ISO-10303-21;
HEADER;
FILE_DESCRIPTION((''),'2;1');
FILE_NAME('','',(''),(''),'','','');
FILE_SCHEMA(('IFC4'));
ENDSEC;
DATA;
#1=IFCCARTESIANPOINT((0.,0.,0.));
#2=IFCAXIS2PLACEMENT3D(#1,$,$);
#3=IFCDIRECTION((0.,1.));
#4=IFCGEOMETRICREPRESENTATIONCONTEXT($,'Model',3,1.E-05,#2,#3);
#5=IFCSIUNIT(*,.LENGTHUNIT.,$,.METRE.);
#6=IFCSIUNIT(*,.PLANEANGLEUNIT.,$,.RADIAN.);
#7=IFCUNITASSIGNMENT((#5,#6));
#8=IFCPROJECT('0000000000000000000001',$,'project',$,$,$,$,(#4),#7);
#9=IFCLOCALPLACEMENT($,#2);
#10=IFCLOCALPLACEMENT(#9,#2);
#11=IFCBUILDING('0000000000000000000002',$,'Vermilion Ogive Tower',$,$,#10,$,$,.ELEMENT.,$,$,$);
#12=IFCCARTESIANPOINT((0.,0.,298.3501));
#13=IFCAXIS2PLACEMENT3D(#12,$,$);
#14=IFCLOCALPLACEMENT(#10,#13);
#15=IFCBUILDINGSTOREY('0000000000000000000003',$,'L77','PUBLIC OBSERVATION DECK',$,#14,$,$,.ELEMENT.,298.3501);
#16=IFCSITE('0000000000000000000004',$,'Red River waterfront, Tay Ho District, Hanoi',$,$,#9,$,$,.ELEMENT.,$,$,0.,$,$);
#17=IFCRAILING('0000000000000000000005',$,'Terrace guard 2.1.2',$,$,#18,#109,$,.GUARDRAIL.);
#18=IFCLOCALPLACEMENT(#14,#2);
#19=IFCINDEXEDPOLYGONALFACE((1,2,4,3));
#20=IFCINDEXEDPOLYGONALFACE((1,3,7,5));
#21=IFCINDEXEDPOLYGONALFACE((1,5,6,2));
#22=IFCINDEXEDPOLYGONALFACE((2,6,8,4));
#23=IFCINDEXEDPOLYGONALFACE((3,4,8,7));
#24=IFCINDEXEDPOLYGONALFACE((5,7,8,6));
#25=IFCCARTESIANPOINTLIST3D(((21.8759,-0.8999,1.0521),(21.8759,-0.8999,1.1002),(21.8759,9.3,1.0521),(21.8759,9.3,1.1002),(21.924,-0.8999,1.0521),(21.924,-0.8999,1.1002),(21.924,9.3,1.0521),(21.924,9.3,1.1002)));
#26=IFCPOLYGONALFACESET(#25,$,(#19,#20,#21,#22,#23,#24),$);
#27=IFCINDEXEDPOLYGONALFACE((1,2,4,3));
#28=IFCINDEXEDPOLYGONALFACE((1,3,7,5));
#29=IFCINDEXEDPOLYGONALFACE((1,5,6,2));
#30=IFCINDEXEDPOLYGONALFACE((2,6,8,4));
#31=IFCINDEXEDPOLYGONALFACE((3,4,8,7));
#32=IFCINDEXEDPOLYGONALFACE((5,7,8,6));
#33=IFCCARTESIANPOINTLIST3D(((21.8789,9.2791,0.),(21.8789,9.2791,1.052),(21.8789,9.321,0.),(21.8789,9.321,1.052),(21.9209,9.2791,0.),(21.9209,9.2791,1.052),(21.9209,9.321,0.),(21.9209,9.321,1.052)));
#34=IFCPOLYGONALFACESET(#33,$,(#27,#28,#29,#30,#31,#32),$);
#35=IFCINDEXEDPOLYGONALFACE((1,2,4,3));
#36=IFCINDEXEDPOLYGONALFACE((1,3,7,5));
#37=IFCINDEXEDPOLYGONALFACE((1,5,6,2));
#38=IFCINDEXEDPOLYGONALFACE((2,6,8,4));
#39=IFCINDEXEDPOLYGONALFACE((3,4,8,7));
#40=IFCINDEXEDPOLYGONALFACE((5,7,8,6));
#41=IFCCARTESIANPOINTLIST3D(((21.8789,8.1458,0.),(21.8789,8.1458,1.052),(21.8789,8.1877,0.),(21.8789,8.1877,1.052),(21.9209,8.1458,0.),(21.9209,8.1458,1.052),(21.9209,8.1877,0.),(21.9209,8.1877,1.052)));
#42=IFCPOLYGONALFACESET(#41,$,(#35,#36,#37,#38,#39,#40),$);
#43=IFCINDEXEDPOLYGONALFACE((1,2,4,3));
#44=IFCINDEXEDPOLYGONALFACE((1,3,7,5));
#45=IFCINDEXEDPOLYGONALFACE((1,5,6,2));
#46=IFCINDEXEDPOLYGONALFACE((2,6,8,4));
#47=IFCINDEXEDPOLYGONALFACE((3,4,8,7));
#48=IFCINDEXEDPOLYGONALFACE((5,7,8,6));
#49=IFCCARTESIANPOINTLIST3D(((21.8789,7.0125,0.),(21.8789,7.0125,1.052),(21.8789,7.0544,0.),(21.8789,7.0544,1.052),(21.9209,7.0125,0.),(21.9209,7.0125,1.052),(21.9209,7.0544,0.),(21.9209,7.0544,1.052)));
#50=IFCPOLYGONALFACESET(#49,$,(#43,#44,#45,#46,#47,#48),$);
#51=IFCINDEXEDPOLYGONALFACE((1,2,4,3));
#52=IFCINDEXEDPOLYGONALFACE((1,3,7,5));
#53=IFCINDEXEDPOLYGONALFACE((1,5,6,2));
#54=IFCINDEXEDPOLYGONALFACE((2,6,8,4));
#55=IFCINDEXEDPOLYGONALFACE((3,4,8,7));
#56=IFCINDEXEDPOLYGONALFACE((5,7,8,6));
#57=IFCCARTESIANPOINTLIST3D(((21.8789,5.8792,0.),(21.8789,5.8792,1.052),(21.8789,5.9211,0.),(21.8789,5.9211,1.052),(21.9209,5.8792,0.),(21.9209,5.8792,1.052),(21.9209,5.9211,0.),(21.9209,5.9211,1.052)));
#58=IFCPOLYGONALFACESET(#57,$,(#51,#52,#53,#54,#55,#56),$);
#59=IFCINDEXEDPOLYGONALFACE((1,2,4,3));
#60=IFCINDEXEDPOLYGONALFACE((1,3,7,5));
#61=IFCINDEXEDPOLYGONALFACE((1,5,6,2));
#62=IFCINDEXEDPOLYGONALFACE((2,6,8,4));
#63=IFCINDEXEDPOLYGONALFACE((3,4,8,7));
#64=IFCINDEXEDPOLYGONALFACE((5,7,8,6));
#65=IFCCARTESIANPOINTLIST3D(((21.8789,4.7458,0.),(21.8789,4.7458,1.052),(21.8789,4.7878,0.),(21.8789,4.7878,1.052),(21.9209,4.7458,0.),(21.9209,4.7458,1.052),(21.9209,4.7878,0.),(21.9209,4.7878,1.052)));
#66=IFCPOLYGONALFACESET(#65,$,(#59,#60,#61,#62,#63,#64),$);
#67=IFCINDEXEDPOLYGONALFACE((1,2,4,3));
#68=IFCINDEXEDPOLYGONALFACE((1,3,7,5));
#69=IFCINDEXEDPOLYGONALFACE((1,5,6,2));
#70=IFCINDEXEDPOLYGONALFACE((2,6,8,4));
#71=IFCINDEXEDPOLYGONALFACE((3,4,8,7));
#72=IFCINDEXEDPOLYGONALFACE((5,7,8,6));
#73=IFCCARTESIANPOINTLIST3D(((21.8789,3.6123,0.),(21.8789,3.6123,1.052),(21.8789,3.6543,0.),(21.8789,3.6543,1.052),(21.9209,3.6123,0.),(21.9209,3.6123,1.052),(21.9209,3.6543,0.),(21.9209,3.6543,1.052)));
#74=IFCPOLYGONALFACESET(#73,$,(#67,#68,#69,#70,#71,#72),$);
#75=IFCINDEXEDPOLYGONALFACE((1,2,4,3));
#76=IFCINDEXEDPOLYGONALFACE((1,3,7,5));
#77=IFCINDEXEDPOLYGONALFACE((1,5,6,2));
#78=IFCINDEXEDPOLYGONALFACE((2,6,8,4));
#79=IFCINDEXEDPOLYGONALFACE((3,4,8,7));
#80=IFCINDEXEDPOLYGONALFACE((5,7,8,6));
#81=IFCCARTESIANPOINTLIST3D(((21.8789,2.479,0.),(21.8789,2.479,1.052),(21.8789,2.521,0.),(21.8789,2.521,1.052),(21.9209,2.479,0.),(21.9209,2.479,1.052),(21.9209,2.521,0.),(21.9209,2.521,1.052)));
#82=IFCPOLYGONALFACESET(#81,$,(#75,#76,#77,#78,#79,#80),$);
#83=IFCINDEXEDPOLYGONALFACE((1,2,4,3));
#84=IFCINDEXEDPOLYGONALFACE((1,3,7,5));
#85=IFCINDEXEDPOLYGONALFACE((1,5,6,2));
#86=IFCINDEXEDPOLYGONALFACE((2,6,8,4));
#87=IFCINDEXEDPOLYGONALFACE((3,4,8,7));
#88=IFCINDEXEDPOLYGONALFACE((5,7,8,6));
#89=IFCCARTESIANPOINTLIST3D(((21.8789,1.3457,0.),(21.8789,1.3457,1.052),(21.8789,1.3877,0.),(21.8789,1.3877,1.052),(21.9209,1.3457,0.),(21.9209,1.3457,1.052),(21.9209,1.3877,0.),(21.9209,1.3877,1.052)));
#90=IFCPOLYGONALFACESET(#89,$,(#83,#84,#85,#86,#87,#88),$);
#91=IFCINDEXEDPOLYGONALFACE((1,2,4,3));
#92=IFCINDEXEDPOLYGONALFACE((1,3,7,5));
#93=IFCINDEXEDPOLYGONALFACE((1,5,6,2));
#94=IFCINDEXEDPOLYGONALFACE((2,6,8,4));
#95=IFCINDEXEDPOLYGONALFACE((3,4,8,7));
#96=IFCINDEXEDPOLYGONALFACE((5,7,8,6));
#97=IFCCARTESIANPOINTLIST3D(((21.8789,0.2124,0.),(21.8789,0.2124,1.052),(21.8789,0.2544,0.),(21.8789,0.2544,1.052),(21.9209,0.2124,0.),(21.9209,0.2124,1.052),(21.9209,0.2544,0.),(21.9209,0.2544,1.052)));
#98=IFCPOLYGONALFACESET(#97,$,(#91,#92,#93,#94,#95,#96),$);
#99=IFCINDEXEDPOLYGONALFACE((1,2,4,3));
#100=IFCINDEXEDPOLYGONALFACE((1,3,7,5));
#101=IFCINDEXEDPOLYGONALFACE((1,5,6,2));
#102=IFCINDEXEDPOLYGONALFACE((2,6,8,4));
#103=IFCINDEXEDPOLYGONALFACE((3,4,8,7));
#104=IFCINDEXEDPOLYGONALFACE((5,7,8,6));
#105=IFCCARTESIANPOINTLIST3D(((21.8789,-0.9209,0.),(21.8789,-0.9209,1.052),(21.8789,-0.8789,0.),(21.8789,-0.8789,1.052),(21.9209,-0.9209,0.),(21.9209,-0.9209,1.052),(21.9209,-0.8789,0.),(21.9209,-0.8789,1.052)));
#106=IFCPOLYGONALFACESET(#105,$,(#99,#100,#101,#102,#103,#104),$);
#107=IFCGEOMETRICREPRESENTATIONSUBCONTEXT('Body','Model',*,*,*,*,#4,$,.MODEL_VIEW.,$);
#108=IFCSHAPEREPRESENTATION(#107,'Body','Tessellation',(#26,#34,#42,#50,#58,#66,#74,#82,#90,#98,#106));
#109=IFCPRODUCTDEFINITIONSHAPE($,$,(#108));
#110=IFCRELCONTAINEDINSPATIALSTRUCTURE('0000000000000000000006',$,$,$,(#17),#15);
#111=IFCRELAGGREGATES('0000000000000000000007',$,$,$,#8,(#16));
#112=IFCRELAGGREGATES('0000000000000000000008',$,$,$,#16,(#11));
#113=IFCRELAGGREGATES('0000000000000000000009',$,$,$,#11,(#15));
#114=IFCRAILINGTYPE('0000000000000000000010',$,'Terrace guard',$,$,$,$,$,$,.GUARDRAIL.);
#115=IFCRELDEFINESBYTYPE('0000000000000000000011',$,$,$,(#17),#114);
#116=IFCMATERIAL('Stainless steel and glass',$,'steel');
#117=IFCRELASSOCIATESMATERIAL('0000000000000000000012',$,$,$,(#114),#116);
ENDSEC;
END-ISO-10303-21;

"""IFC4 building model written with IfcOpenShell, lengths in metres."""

from ifc_helpers import new_model, si_unit, direction, frame, origin, origin_2d, place, context, subcontext, project, spatial, rectangle, extrude, material, type_object, element, save


model = new_model("IFC4")

# Units and contexts
model_context = context("Model", 3, precision=1e-05, world=origin(), true_north=direction((0.0, 1.0)))
body_context = subcontext(model_context, "Body", "Model", "MODEL_VIEW")
ifc_project = project(units=[si_unit("LENGTHUNIT", "METRE"), si_unit("PLANEANGLEUNIT", "RADIAN")], contexts=[model_context])

# Site, building, storey
site_placement = place(None, origin())
site = spatial("IfcSite", under=ifc_project, at=site_placement, Name="Red River waterfront, Tay Ho District, Hanoi", CompositionType="ELEMENT", RefElevation=0.0)
building_placement = place(site_placement, origin())
building = spatial("IfcBuilding", under=site, at=building_placement, Name="Vermilion Ogive Tower", CompositionType="ELEMENT")
storey_placement = place(building_placement, frame((0.0, 0.0, 298.3501)))
storey = spatial("IfcBuildingStorey", under=building, at=storey_placement, Name="L77", Description="PUBLIC OBSERVATION DECK", CompositionType="ELEMENT", Elevation=298.3501)

# Railing
ifc_material_1 = material(Name="Stainless steel and glass", Category="steel")
railing_type = type_object("IfcRailingType", Name="Terrace guard", PredefinedType="GUARDRAIL", material=ifc_material_1)
railing_1_placement = place(storey_placement, frame((21.8999, 9.3, 0.0)))
element("IfcRailing", 1, at=railing_1_placement, inside=storey, type_object=railing_type, Name="Terrace guard 2.1.2", PredefinedType="GUARDRAIL", context=body_context, shape_type="SweptSolid", body=[
    extrude(rectangle(XDim=0.0481, YDim=0.0481, at=origin_2d()), frame((0.0, 0.0, 1.0762), z_axis=(0.0, -1.0, 0.0), x_axis=(1.0, 0.0, 0.0)), (0.0, 0.0, 1.0), 10.2),
    extrude(rectangle(XDim=0.042, YDim=0.042, at=origin_2d()), origin(), (0.0, 0.0, 1.0), 1.052),
    extrude(rectangle(XDim=0.042, YDim=0.042, at=origin_2d()), frame((0.0, -1.1333, 0.0)), (0.0, 0.0, 1.0), 1.052),
    extrude(rectangle(XDim=0.042, YDim=0.042, at=origin_2d()), frame((0.0, -2.2666, 0.0)), (0.0, 0.0, 1.0), 1.052),
    extrude(rectangle(XDim=0.042, YDim=0.042, at=origin_2d()), frame((0.0, -3.3999, 0.0)), (0.0, 0.0, 1.0), 1.052),
    extrude(rectangle(XDim=0.042, YDim=0.042, at=origin_2d()), frame((0.0, -4.5332, 0.0)), (0.0, 0.0, 1.0), 1.052),
    extrude(rectangle(XDim=0.042, YDim=0.042, at=origin_2d()), frame((0.0, -5.6667, 0.0)), (0.0, 0.0, 1.0), 1.052),
    extrude(rectangle(XDim=0.042, YDim=0.042, at=origin_2d()), frame((0.0, -6.8, 0.0)), (0.0, 0.0, 1.0), 1.052),
    extrude(rectangle(XDim=0.042, YDim=0.042, at=origin_2d()), frame((0.0, -7.9333, 0.0)), (0.0, 0.0, 1.0), 1.052),
    extrude(rectangle(XDim=0.042, YDim=0.042, at=origin_2d()), frame((0.0, -9.0667, 0.0)), (0.0, 0.0, 1.0), 1.052),
    extrude(rectangle(XDim=0.042, YDim=0.042, at=origin_2d()), frame((0.0, -10.2, 0.0)), (0.0, 0.0, 1.0), 1.052),
])

save(model, "model.ifc")
